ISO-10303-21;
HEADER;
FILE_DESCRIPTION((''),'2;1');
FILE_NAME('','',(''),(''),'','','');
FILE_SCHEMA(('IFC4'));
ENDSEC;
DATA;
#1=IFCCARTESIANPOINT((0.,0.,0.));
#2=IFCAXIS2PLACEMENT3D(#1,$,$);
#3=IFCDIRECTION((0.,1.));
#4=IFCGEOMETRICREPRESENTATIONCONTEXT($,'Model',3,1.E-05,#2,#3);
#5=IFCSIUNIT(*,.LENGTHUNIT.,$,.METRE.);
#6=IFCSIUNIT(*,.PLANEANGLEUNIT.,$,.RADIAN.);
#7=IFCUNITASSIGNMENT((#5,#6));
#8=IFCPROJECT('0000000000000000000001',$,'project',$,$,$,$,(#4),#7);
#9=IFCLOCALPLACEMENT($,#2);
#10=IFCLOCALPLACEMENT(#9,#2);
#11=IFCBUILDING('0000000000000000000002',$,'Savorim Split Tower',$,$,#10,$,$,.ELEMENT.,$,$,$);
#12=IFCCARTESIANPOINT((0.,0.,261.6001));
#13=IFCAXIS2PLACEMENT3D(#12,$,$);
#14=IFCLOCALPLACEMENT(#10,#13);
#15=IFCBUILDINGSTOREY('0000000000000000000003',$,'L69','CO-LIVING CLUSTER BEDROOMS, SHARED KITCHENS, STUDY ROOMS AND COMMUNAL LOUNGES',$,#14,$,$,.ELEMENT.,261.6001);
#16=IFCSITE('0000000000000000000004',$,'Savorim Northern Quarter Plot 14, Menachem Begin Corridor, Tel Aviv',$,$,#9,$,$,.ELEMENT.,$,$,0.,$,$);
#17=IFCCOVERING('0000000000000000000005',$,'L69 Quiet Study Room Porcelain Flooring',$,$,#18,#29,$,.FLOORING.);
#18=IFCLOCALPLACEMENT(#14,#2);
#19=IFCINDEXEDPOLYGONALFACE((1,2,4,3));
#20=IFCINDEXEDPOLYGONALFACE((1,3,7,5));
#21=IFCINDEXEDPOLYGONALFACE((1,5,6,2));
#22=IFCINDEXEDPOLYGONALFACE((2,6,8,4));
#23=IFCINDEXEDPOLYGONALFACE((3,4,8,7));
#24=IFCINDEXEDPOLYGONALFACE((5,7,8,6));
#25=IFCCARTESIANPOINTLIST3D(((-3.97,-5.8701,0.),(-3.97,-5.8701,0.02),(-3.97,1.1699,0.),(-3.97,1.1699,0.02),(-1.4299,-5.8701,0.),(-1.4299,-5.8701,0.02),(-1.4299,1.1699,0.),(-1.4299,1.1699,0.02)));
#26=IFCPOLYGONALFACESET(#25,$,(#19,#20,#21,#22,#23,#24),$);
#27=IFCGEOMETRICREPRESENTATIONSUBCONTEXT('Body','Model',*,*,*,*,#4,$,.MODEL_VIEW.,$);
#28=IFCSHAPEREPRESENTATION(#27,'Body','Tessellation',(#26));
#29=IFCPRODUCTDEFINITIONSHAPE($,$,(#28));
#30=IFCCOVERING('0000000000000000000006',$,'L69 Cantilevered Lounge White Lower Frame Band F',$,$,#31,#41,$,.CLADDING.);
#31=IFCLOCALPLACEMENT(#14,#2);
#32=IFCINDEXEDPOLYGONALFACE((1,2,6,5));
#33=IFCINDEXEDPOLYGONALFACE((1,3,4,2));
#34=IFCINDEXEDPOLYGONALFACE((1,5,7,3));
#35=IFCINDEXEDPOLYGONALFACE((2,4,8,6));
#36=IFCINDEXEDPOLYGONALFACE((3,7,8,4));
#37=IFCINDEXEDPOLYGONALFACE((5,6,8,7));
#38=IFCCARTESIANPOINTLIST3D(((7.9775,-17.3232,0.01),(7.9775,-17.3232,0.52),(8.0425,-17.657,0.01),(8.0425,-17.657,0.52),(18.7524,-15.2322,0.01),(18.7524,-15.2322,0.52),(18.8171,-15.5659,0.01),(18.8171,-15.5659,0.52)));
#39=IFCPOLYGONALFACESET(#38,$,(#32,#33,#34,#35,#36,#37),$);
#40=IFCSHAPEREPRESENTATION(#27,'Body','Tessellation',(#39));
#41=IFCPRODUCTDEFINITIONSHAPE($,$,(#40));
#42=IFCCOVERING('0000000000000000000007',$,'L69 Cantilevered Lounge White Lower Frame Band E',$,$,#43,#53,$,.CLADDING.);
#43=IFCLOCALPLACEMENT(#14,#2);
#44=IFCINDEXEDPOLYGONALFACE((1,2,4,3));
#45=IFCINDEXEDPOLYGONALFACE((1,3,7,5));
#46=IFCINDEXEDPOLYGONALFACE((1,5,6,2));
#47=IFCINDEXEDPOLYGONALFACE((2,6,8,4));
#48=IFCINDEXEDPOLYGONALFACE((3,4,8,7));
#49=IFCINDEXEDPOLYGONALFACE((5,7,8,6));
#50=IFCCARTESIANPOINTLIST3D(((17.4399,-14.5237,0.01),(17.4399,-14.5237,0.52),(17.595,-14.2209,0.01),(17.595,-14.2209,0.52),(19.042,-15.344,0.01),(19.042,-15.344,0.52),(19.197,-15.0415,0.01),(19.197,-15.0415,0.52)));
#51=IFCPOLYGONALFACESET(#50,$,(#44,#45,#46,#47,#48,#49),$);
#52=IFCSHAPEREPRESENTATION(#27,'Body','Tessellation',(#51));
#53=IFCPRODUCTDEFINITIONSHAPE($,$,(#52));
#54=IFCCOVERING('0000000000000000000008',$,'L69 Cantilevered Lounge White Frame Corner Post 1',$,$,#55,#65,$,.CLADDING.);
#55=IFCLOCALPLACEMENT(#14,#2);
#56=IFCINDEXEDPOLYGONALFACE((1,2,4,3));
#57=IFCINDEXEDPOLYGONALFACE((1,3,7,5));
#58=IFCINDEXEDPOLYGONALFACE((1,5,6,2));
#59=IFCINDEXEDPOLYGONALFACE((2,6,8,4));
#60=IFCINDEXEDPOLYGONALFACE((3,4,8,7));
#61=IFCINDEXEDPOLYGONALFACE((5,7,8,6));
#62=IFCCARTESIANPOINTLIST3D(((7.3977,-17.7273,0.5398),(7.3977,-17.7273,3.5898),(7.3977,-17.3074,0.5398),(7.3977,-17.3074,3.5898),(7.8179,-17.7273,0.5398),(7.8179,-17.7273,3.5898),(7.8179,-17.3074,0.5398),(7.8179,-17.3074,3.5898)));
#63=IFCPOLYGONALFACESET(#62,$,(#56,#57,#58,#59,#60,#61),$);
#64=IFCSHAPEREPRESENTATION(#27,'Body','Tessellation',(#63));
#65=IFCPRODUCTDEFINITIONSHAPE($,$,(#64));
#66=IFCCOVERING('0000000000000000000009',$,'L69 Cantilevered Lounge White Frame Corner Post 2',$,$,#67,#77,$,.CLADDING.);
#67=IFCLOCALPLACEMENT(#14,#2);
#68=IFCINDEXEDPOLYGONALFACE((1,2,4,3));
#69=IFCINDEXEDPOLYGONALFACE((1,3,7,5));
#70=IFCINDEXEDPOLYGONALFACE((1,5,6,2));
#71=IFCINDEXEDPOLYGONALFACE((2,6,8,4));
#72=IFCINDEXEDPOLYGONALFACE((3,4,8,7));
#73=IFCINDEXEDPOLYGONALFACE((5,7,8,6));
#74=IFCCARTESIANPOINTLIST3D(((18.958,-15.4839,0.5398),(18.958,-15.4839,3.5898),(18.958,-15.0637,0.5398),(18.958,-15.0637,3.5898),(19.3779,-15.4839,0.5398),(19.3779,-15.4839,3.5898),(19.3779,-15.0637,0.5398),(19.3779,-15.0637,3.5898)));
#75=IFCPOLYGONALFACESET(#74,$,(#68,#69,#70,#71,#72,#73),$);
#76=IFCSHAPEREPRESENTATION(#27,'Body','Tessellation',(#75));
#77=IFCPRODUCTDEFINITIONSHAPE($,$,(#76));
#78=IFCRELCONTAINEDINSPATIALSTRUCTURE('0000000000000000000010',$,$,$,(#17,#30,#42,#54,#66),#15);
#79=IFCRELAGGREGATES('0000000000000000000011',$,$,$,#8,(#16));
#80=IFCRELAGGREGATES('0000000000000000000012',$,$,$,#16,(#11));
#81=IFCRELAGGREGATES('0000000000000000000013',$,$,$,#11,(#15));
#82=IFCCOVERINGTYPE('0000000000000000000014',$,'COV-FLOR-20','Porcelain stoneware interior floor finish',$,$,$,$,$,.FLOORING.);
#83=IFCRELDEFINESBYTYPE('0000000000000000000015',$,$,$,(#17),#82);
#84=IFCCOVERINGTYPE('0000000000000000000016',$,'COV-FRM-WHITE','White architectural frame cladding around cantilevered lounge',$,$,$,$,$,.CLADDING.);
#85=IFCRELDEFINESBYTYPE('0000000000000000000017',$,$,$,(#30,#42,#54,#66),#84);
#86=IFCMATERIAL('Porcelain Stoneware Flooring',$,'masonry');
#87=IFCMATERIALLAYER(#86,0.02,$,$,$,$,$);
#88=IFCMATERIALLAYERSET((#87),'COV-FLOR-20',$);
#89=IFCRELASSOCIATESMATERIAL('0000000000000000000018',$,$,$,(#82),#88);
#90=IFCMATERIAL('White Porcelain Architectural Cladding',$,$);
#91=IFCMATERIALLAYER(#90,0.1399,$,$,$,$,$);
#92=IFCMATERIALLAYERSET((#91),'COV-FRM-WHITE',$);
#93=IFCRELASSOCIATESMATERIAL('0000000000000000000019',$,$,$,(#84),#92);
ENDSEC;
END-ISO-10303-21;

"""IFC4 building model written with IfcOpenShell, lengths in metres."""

from ifc_helpers import new_model, si_unit, direction, frame, origin, place, context, subcontext, project, spatial, polyline, outline, extrude, material, layer, layer_set, type_object, element, save


model = new_model("IFC4")

# Units and contexts
model_context = context("Model", 3, precision=1e-05, world=origin(), true_north=direction((0.0, 1.0)))
body_context = subcontext(model_context, "Body", "Model", "MODEL_VIEW")
ifc_project = project(units=[si_unit("LENGTHUNIT", "METRE"), si_unit("PLANEANGLEUNIT", "RADIAN")], contexts=[model_context])

# Site, building, storey
site_placement = place(None, origin())
site = spatial("IfcSite", under=ifc_project, at=site_placement, Name="Savorim Northern Quarter Plot 14, Menachem Begin Corridor, Tel Aviv", CompositionType="ELEMENT", RefElevation=0.0)
building_placement = place(site_placement, origin())
building = spatial("IfcBuilding", under=site, at=building_placement, Name="Savorim Split Tower", CompositionType="ELEMENT")
storey_placement = place(building_placement, frame((0.0, 0.0, 261.6001)))
storey = spatial("IfcBuildingStorey", under=building, at=storey_placement, Name="L69", Description="CO-LIVING CLUSTER BEDROOMS, SHARED KITCHENS, STUDY ROOMS AND COMMUNAL LOUNGES", CompositionType="ELEMENT", Elevation=261.6001)

# Coverings
ifc_material_1 = material(Name="Porcelain Stoneware Flooring", Category="masonry")
ifc_layer_1 = layer(ifc_material_1, 0.02)
ifc_layer_set_1 = layer_set([ifc_layer_1], Name="COV-FLOR-20")
covering_type_1 = type_object("IfcCoveringType", Name="COV-FLOR-20", Description="Porcelain stoneware interior floor finish", PredefinedType="FLOORING", material=ifc_layer_set_1)
covering_1_placement = place(storey_placement, origin())
element("IfcCovering", 1, at=covering_1_placement, inside=storey, type_object=covering_type_1, Name="L69 Quiet Study Room Porcelain Flooring", PredefinedType="FLOORING", context=body_context, shape_type="SweptSolid", body=[
    extrude(outline(polyline([(-3.97, 1.1699), (-3.97, -5.8701), (-1.4299, -5.8701), (-1.4299, 1.1699), (-3.97, 1.1699)])), origin(), (0.0, 0.0, 1.0), 0.02),
])
ifc_material_2 = material(Name="White Porcelain Architectural Cladding")
ifc_layer_2 = layer(ifc_material_2, 0.1399)
ifc_layer_set_2 = layer_set([ifc_layer_2], Name="COV-FRM-WHITE")
covering_type_2 = type_object("IfcCoveringType", Name="COV-FRM-WHITE", Description="White architectural frame cladding around cantilevered lounge", PredefinedType="CLADDING", material=ifc_layer_set_2)
covering_2_placement = place(storey_placement, frame((0.0, 0.0, 0.01)))
element("IfcCovering", 2, at=covering_2_placement, inside=storey, type_object=covering_type_2, Name="L69 Cantilevered Lounge White Lower Frame Band F", PredefinedType="CLADDING", context=body_context, shape_type="SweptSolid", body=[
    extrude(outline(polyline([(8.0425, -17.657), (18.8171, -15.5659), (18.7524, -15.2322), (7.9775, -17.3232), (8.0425, -17.657)])), origin(), (0.0, 0.0, 1.0), 0.51),
])
covering_3_placement = place(storey_placement, frame((0.0, 0.0, 0.01)))
element("IfcCovering", 3, at=covering_3_placement, inside=storey, type_object=covering_type_2, Name="L69 Cantilevered Lounge White Lower Frame Band E", PredefinedType="CLADDING", context=body_context, shape_type="SweptSolid", body=[
    extrude(outline(polyline([(19.197, -15.0415), (17.595, -14.2209), (17.4399, -14.5237), (19.042, -15.344), (19.197, -15.0415)])), origin(), (0.0, 0.0, 1.0), 0.51),
])
covering_4_placement = place(storey_placement, frame((0.0, 0.0, 0.5398)))
element("IfcCovering", 4, at=covering_4_placement, inside=storey, type_object=covering_type_2, Name="L69 Cantilevered Lounge White Frame Corner Post 1", PredefinedType="CLADDING", context=body_context, shape_type="SweptSolid", body=[
    extrude(outline(polyline([(7.3977, -17.7273), (7.8179, -17.7273), (7.8179, -17.3074), (7.3977, -17.3074), (7.3977, -17.7273)])), origin(), (0.0, 0.0, 1.0), 3.05),
])
covering_5_placement = place(storey_placement, frame((0.0, 0.0, 0.5398)))
element("IfcCovering", 5, at=covering_5_placement, inside=storey, type_object=covering_type_2, Name="L69 Cantilevered Lounge White Frame Corner Post 2", PredefinedType="CLADDING", context=body_context, shape_type="SweptSolid", body=[
    extrude(outline(polyline([(18.958, -15.4839), (19.3779, -15.4839), (19.3779, -15.0637), (18.958, -15.0637), (18.958, -15.4839)])), origin(), (0.0, 0.0, 1.0), 3.05),
])

save(model, "model.ifc")
